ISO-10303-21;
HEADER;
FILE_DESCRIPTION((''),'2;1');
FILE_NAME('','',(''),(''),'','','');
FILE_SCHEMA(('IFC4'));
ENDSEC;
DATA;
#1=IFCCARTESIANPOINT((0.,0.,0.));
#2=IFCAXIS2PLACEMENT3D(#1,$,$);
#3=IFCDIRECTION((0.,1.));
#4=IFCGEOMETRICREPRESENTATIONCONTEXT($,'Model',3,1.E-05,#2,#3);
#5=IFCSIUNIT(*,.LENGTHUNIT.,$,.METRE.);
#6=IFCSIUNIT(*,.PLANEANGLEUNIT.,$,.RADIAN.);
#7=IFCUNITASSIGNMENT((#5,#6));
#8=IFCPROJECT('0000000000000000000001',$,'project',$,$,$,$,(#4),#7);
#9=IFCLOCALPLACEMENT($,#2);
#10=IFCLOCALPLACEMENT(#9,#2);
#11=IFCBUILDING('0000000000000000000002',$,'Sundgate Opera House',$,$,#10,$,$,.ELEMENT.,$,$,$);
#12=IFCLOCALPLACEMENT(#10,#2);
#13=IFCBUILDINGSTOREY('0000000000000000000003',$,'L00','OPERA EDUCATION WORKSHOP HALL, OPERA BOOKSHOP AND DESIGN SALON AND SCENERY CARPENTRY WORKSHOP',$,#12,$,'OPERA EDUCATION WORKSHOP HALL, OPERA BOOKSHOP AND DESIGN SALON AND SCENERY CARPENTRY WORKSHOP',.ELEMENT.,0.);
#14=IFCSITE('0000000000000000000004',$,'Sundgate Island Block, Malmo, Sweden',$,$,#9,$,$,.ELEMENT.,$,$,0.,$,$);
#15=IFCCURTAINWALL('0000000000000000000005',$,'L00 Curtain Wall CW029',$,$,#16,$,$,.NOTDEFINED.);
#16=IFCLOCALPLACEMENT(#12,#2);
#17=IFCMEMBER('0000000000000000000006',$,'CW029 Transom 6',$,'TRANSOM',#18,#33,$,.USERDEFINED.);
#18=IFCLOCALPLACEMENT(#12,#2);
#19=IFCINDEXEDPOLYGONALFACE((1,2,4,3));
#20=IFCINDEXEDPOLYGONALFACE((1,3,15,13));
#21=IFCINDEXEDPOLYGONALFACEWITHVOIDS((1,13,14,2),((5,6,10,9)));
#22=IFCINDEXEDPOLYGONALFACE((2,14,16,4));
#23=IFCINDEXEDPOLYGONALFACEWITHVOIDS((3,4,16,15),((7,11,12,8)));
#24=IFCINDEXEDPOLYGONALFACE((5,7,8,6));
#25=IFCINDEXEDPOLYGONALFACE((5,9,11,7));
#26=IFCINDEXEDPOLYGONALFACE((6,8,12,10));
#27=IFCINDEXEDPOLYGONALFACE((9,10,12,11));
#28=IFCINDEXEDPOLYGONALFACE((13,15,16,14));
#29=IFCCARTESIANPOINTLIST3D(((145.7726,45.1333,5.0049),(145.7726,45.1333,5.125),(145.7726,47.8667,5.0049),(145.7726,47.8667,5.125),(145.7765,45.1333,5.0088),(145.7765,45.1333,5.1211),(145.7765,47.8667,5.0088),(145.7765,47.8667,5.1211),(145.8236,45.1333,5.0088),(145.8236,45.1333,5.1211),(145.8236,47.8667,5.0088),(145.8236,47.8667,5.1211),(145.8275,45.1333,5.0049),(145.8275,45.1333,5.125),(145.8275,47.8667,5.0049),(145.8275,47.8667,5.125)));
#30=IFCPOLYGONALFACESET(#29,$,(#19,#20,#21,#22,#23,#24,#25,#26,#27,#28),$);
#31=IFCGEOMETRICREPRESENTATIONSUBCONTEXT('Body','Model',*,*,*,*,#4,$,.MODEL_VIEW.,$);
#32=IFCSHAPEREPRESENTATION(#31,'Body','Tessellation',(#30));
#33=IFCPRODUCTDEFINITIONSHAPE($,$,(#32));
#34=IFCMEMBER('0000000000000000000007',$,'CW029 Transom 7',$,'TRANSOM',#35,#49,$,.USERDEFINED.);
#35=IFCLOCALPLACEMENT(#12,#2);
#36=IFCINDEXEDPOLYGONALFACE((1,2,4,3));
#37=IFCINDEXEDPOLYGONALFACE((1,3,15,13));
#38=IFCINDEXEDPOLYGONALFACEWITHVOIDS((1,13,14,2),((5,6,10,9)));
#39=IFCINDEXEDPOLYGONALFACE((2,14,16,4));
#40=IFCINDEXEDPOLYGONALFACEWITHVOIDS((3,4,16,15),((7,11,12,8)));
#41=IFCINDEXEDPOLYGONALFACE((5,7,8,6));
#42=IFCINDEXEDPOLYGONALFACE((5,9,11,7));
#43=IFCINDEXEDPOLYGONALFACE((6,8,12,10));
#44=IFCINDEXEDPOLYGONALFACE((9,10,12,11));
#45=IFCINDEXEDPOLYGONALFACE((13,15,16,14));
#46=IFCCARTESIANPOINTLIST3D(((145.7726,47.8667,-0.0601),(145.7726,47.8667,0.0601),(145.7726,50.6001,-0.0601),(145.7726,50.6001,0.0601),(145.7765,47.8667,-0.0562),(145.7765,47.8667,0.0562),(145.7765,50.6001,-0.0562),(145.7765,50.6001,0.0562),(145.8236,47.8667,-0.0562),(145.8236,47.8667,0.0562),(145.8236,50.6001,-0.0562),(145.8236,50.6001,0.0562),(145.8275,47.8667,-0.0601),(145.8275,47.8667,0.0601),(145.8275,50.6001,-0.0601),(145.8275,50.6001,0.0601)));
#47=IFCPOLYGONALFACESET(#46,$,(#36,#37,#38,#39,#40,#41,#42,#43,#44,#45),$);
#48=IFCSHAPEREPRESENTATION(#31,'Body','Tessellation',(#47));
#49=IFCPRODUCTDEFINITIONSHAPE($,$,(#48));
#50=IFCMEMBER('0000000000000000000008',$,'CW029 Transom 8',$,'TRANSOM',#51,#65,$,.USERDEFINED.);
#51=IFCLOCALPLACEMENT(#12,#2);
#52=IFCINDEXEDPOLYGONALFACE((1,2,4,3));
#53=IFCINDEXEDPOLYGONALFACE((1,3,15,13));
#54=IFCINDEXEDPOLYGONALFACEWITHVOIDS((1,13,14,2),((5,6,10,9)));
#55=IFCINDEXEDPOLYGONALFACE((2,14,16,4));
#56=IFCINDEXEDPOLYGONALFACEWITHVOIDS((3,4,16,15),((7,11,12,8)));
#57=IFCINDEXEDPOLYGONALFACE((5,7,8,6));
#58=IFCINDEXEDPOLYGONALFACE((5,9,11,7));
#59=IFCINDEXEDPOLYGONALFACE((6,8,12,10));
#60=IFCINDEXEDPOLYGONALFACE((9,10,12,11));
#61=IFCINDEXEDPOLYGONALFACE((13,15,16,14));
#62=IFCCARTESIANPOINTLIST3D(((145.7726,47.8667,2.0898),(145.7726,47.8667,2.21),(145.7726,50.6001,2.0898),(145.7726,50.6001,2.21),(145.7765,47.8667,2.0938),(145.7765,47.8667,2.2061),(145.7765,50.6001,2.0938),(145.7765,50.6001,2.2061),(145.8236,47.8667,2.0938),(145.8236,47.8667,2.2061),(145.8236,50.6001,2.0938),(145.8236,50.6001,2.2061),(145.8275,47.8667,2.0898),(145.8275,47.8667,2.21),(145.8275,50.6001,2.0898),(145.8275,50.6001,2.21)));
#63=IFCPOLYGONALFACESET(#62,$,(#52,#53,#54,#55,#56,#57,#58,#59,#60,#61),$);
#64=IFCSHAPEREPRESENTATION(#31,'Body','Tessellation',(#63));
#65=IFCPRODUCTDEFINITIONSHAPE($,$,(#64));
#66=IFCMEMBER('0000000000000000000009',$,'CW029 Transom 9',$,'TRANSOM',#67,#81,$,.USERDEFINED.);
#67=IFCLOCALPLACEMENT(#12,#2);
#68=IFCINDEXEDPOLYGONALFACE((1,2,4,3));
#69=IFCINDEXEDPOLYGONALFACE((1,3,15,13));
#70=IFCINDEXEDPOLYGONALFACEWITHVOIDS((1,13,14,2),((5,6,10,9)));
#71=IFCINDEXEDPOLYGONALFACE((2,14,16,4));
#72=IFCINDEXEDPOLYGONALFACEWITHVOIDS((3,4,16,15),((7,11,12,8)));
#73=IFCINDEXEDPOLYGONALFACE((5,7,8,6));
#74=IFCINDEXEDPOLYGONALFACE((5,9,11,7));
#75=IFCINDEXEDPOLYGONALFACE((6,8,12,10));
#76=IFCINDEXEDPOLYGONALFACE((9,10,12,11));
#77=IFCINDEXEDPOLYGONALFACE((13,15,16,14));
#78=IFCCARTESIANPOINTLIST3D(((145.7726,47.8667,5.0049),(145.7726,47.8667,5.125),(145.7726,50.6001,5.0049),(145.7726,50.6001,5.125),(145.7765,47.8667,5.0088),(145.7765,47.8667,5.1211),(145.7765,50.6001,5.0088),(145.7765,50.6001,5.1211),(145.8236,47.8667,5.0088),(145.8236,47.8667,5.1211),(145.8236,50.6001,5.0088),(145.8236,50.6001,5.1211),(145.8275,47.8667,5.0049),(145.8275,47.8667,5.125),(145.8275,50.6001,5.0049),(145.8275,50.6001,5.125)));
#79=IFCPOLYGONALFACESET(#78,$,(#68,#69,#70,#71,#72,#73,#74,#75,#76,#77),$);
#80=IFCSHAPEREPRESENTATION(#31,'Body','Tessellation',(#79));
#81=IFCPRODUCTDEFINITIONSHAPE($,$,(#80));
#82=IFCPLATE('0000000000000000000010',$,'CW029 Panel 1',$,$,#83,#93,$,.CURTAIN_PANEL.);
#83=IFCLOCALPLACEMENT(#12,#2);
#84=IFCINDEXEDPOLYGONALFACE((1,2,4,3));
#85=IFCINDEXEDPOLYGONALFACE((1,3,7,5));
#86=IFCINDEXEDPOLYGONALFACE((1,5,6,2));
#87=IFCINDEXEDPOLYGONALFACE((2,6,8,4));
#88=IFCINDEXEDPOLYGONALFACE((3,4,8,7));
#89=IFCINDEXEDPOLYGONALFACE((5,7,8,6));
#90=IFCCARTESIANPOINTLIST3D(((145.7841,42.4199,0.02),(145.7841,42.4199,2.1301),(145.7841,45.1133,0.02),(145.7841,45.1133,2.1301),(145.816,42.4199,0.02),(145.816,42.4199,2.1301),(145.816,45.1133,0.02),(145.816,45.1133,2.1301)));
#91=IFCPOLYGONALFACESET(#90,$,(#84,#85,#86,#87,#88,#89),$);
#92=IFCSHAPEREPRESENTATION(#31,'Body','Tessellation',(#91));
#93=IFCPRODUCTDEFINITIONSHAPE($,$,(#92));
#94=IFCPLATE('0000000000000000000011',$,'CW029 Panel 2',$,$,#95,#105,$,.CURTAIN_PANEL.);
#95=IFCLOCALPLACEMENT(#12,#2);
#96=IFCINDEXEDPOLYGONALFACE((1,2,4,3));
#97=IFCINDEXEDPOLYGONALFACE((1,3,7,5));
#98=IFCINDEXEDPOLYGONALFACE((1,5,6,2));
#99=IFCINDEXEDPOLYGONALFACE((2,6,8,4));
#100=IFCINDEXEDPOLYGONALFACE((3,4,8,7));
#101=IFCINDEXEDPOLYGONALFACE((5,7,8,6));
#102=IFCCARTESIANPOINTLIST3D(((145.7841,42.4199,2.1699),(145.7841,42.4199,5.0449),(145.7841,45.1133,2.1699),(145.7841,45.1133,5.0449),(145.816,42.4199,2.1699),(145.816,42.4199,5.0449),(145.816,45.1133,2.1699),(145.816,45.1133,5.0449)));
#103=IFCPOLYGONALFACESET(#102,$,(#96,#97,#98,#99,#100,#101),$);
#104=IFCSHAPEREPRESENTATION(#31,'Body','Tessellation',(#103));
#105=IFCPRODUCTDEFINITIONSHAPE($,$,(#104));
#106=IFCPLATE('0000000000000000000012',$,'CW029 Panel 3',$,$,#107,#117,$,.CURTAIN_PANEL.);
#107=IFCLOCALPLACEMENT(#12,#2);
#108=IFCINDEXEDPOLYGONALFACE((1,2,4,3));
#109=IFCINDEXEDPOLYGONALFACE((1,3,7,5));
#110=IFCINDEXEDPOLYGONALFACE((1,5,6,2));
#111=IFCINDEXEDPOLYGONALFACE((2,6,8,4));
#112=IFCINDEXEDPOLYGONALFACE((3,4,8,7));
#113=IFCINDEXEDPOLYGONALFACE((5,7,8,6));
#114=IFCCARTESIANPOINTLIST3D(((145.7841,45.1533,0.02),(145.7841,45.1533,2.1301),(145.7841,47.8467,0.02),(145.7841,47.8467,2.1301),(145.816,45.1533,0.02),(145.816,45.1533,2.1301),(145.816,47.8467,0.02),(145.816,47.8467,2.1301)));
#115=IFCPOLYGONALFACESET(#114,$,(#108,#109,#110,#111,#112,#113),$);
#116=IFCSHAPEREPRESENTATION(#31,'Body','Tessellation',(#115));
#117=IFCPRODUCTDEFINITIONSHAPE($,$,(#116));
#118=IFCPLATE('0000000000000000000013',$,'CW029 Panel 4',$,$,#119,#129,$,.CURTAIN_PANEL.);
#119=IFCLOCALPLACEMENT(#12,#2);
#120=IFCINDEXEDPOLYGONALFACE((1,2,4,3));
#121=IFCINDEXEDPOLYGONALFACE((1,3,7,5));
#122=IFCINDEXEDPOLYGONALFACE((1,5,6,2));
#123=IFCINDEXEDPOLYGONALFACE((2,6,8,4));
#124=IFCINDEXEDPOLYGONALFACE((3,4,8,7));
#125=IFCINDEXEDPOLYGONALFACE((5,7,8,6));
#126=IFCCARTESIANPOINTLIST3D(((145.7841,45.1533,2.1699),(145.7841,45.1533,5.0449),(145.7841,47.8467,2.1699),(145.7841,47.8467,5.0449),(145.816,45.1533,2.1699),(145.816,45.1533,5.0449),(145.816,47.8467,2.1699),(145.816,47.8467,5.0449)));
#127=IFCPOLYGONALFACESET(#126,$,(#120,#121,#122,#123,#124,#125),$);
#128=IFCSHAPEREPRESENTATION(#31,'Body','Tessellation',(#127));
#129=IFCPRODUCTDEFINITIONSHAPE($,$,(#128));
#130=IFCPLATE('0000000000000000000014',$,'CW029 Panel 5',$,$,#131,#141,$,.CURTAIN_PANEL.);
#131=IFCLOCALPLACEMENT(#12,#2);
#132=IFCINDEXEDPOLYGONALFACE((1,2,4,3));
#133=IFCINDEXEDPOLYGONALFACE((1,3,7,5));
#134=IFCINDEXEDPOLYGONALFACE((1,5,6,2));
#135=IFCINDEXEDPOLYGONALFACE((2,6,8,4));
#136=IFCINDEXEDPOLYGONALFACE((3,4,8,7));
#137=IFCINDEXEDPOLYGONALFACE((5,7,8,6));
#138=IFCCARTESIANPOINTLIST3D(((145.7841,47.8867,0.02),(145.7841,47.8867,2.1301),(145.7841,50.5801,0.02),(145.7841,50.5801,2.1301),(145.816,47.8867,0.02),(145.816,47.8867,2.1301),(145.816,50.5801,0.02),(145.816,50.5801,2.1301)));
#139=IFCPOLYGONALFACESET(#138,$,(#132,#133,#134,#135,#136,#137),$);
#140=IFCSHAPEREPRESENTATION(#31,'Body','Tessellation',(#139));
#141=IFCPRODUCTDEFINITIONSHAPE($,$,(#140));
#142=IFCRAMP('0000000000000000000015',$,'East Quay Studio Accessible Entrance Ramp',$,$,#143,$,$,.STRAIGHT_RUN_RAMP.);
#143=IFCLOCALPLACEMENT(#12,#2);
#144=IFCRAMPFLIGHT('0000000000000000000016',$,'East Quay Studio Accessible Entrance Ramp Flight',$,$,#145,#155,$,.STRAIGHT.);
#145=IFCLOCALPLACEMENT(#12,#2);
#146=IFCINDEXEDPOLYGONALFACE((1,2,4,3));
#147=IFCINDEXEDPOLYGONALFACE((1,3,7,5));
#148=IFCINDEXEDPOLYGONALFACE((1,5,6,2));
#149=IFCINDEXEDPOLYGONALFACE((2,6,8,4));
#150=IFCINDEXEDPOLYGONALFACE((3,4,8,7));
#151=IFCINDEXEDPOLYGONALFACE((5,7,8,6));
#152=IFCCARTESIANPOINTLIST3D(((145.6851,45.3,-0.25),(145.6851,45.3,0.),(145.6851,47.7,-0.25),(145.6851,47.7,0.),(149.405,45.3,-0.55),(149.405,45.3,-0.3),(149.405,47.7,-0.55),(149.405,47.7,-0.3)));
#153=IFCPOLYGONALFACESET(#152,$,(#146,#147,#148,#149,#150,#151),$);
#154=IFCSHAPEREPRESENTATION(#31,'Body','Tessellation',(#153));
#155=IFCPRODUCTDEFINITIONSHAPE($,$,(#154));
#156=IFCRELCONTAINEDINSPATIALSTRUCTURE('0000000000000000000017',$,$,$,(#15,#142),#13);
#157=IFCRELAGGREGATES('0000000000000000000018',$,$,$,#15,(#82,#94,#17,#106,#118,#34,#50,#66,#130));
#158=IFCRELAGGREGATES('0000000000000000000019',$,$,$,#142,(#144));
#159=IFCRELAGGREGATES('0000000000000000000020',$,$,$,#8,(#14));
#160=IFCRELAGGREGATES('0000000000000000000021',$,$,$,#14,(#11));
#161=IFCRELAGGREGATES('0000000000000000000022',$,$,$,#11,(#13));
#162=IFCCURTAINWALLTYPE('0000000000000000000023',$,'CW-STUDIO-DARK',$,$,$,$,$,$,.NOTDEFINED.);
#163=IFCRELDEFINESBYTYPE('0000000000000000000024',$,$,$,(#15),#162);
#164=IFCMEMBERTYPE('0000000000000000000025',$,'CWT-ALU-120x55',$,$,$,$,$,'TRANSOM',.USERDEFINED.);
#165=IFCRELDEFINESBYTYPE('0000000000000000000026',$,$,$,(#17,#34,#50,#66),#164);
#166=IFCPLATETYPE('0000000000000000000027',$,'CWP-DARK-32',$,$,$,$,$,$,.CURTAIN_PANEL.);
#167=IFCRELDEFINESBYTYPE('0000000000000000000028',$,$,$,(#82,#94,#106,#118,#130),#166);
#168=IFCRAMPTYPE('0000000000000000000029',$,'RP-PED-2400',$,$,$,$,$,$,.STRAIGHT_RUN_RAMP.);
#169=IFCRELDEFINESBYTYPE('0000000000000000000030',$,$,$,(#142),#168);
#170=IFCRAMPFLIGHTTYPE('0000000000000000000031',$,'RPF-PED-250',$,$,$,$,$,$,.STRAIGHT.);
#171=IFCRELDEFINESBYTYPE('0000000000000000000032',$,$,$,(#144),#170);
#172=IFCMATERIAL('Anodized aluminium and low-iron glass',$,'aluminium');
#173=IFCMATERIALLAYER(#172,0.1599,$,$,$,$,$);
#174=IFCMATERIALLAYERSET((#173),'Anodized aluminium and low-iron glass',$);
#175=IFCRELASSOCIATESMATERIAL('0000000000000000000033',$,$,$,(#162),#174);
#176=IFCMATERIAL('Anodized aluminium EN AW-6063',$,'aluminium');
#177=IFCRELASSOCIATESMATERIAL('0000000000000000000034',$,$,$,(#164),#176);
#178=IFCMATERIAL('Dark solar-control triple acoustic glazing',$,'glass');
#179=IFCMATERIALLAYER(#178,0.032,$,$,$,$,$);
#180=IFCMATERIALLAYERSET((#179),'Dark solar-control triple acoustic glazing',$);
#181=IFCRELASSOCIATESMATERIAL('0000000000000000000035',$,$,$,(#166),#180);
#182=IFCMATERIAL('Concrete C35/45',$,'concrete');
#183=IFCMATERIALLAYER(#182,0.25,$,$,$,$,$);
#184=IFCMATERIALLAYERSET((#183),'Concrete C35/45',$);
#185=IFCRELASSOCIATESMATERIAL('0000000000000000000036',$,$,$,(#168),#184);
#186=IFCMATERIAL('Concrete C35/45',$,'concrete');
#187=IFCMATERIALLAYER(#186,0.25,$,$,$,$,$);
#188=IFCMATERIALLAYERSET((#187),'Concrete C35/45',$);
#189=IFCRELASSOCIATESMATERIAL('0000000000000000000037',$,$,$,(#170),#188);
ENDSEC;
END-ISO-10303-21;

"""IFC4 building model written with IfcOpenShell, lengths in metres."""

from ifc_helpers import new_model, si_unit, direction, frame, origin, origin_2d, place, context, subcontext, project, spatial, polyline, rectangle, hollow_rectangle, outline, extrude, material, layer, layer_set, material_profile, profile_set, type_object, element, aggregate, save


model = new_model("IFC4")

# Units and contexts
model_context = context("Model", 3, precision=1e-05, world=origin(), true_north=direction((0.0, 1.0)))
body_context = subcontext(model_context, "Body", "Model", "MODEL_VIEW")
ifc_project = project(units=[si_unit("LENGTHUNIT", "METRE"), si_unit("PLANEANGLEUNIT", "RADIAN")], contexts=[model_context])

# Site, building, storey
site_placement = place(None, origin())
site = spatial("IfcSite", under=ifc_project, at=site_placement, Name="Sundgate Island Block, Malmo, Sweden", CompositionType="ELEMENT", RefElevation=0.0)
building_placement = place(site_placement, origin())
building = spatial("IfcBuilding", under=site, at=building_placement, Name="Sundgate Opera House", CompositionType="ELEMENT")
storey_placement = place(building_placement, origin())
storey = spatial("IfcBuildingStorey", under=building, at=storey_placement, Name="L00", Description="OPERA EDUCATION WORKSHOP HALL, OPERA BOOKSHOP AND DESIGN SALON AND SCENERY CARPENTRY WORKSHOP", LongName="OPERA EDUCATION WORKSHOP HALL, OPERA BOOKSHOP AND DESIGN SALON AND SCENERY CARPENTRY WORKSHOP", CompositionType="ELEMENT", Elevation=0.0)

# Curtain wall, members, plates
ifc_material_1 = material(Name="Anodized aluminium and low-iron glass", Category="aluminium")
ifc_layer_1 = layer(ifc_material_1, 0.1599)
ifc_layer_set_1 = layer_set([ifc_layer_1], Name="Anodized aluminium and low-iron glass")
curtain_wall_type = type_object("IfcCurtainWallType", Name="CW-STUDIO-DARK", PredefinedType="NOTDEFINED", material=ifc_layer_set_1)
curtain_wall_placement = place(storey_placement, origin())
curtain_wall = element("IfcCurtainWall", 1, at=curtain_wall_placement, inside=storey, type_object=curtain_wall_type, Name="L00 Curtain Wall CW029", PredefinedType="NOTDEFINED")
ifc_material_2 = material(Name="Anodized aluminium EN AW-6063", Category="aluminium")
ifc_material_profile_1 = material_profile(ifc_material_2, hollow_rectangle(XDim=0.0549, YDim=0.1201, WallThickness=0.0039, at=origin_2d()), Name="CWT 120x55x4")
ifc_profile_set_1 = profile_set([ifc_material_profile_1], Name="Anodized aluminium EN AW-6063")
member_type_1 = type_object("IfcMemberType", Name="CWT-ALU-120x55", ElementType="TRANSOM", PredefinedType="USERDEFINED", material=ifc_profile_set_1)
member_1_placement = place(storey_placement, frame((145.8, 45.1333, 5.0649), z_axis=(0.0, 1.0, 0.0), x_axis=(-1.0, 0.0, 0.0)))
member_1 = element("IfcMember", 2, at=member_1_placement, type_object=member_type_1, Name="CW029 Transom 6", ObjectType="TRANSOM", PredefinedType="USERDEFINED", context=body_context, shape_type="SweptSolid", body=[
    extrude(hollow_rectangle(XDim=0.0549, YDim=0.1201, WallThickness=0.0039, at=origin_2d()), origin(), (0.0, 0.0, 1.0), 2.7334),
])
member_2_placement = place(storey_placement, frame((145.8, 47.8667, 0.0), z_axis=(0.0, 1.0, 0.0), x_axis=(-1.0, 0.0, 0.0)))
member_2 = element("IfcMember", 3, at=member_2_placement, type_object=member_type_1, Name="CW029 Transom 7", ObjectType="TRANSOM", PredefinedType="USERDEFINED", context=body_context, shape_type="SweptSolid", body=[
    extrude(hollow_rectangle(XDim=0.0549, YDim=0.1201, WallThickness=0.0039, at=origin_2d()), origin(), (0.0, 0.0, 1.0), 2.7334),
])
member_3_placement = place(storey_placement, frame((145.8, 47.8667, 2.1499), z_axis=(0.0, 1.0, 0.0), x_axis=(-1.0, 0.0, 0.0)))
member_3 = element("IfcMember", 4, at=member_3_placement, type_object=member_type_1, Name="CW029 Transom 8", ObjectType="TRANSOM", PredefinedType="USERDEFINED", context=body_context, shape_type="SweptSolid", body=[
    extrude(hollow_rectangle(XDim=0.0549, YDim=0.1201, WallThickness=0.0039, at=origin_2d()), origin(), (0.0, 0.0, 1.0), 2.7334),
])
member_4_placement = place(storey_placement, frame((145.8, 47.8667, 5.0649), z_axis=(0.0, 1.0, 0.0), x_axis=(-1.0, 0.0, 0.0)))
member_4 = element("IfcMember", 5, at=member_4_placement, type_object=member_type_1, Name="CW029 Transom 9", ObjectType="TRANSOM", PredefinedType="USERDEFINED", context=body_context, shape_type="SweptSolid", body=[
    extrude(hollow_rectangle(XDim=0.0549, YDim=0.1201, WallThickness=0.0039, at=origin_2d()), origin(), (0.0, 0.0, 1.0), 2.7334),
])
ifc_material_3 = material(Name="Dark solar-control triple acoustic glazing", Category="glass")
ifc_layer_2 = layer(ifc_material_3, 0.032)
ifc_layer_set_2 = layer_set([ifc_layer_2], Name="Dark solar-control triple acoustic glazing")
plate_type = type_object("IfcPlateType", Name="CWP-DARK-32", PredefinedType="CURTAIN_PANEL", material=ifc_layer_set_2)
plate_1_placement = place(storey_placement, frame((145.8, 43.7666, 0.02), z_axis=(0.0, 0.0, 1.0), x_axis=(0.0, 1.0, 0.0)))
plate_1 = element("IfcPlate", 6, at=plate_1_placement, type_object=plate_type, Name="CW029 Panel 1", PredefinedType="CURTAIN_PANEL", context=body_context, shape_type="SweptSolid", body=[
    extrude(rectangle(XDim=2.6934, YDim=0.032, at=origin_2d()), origin(), (0.0, 0.0, 1.0), 2.1101),
])
plate_2_placement = place(storey_placement, frame((145.8, 43.7666, 2.1699), z_axis=(0.0, 0.0, 1.0), x_axis=(0.0, 1.0, 0.0)))
plate_2 = element("IfcPlate", 7, at=plate_2_placement, type_object=plate_type, Name="CW029 Panel 2", PredefinedType="CURTAIN_PANEL", context=body_context, shape_type="SweptSolid", body=[
    extrude(rectangle(XDim=2.6934, YDim=0.032, at=origin_2d()), origin(), (0.0, 0.0, 1.0), 2.875),
])
plate_3_placement = place(storey_placement, frame((145.8, 46.5, 0.02), z_axis=(0.0, 0.0, 1.0), x_axis=(0.0, 1.0, 0.0)))
plate_3 = element("IfcPlate", 8, at=plate_3_placement, type_object=plate_type, Name="CW029 Panel 3", PredefinedType="CURTAIN_PANEL", context=body_context, shape_type="SweptSolid", body=[
    extrude(rectangle(XDim=2.6934, YDim=0.032, at=origin_2d()), origin(), (0.0, 0.0, 1.0), 2.1101),
])
plate_4_placement = place(storey_placement, frame((145.8, 46.5, 2.1699), z_axis=(0.0, 0.0, 1.0), x_axis=(0.0, 1.0, 0.0)))
plate_4 = element("IfcPlate", 9, at=plate_4_placement, type_object=plate_type, Name="CW029 Panel 4", PredefinedType="CURTAIN_PANEL", context=body_context, shape_type="SweptSolid", body=[
    extrude(rectangle(XDim=2.6934, YDim=0.032, at=origin_2d()), origin(), (0.0, 0.0, 1.0), 2.875),
])
plate_5_placement = place(storey_placement, frame((145.8, 49.2334, 0.02), z_axis=(0.0, 0.0, 1.0), x_axis=(0.0, 1.0, 0.0)))
plate_5 = element("IfcPlate", 10, at=plate_5_placement, type_object=plate_type, Name="CW029 Panel 5", PredefinedType="CURTAIN_PANEL", context=body_context, shape_type="SweptSolid", body=[
    extrude(rectangle(XDim=2.6934, YDim=0.032, at=origin_2d()), origin(), (0.0, 0.0, 1.0), 2.1101),
])
aggregate(curtain_wall, [plate_1, plate_2, member_1, plate_3, plate_4, member_2, member_3, member_4, plate_5])

# Ramp, ramp flight
ifc_material_4 = material(Name="Concrete C35/45", Category="concrete")
ifc_layer_3 = layer(ifc_material_4, 0.25)
ifc_layer_set_3 = layer_set([ifc_layer_3], Name="Concrete C35/45")
ramp_type = type_object("IfcRampType", Name="RP-PED-2400", PredefinedType="STRAIGHT_RUN_RAMP", material=ifc_layer_set_3)
ramp_placement = place(storey_placement, origin())
ramp = element("IfcRamp", 11, at=ramp_placement, inside=storey, type_object=ramp_type, Name="East Quay Studio Accessible Entrance Ramp", PredefinedType="STRAIGHT_RUN_RAMP")
ifc_material_5 = material(Name="Concrete C35/45", Category="concrete")
ifc_layer_4 = layer(ifc_material_5, 0.25)
ifc_layer_set_4 = layer_set([ifc_layer_4], Name="Concrete C35/45")
ramp_flight_type = type_object("IfcRampFlightType", Name="RPF-PED-250", PredefinedType="STRAIGHT", material=ifc_layer_set_4)
ramp_flight_placement = place(storey_placement, frame((149.405, 46.5, -0.3), z_axis=(0.0, 0.0, 1.0), x_axis=(-1.0, 0.0, 0.0)))
ramp_flight = element("IfcRampFlight", 12, at=ramp_flight_placement, type_object=ramp_flight_type, Name="East Quay Studio Accessible Entrance Ramp Flight", PredefinedType="STRAIGHT", context=body_context, shape_type="SweptSolid", body=[
    extrude(outline(polyline([(0.0, 0.0), (0.0, -0.25), (3.72, 0.05), (3.72, 0.3), (0.0, 0.0)])), frame((0.0, 1.2, 0.0), z_axis=(0.0, -1.0, 0.0), x_axis=(1.0, 0.0, 0.0)), (0.0, 0.0, 1.0), 2.3999),
])
aggregate(ramp, [ramp_flight])

save(model, "model.ifc")
